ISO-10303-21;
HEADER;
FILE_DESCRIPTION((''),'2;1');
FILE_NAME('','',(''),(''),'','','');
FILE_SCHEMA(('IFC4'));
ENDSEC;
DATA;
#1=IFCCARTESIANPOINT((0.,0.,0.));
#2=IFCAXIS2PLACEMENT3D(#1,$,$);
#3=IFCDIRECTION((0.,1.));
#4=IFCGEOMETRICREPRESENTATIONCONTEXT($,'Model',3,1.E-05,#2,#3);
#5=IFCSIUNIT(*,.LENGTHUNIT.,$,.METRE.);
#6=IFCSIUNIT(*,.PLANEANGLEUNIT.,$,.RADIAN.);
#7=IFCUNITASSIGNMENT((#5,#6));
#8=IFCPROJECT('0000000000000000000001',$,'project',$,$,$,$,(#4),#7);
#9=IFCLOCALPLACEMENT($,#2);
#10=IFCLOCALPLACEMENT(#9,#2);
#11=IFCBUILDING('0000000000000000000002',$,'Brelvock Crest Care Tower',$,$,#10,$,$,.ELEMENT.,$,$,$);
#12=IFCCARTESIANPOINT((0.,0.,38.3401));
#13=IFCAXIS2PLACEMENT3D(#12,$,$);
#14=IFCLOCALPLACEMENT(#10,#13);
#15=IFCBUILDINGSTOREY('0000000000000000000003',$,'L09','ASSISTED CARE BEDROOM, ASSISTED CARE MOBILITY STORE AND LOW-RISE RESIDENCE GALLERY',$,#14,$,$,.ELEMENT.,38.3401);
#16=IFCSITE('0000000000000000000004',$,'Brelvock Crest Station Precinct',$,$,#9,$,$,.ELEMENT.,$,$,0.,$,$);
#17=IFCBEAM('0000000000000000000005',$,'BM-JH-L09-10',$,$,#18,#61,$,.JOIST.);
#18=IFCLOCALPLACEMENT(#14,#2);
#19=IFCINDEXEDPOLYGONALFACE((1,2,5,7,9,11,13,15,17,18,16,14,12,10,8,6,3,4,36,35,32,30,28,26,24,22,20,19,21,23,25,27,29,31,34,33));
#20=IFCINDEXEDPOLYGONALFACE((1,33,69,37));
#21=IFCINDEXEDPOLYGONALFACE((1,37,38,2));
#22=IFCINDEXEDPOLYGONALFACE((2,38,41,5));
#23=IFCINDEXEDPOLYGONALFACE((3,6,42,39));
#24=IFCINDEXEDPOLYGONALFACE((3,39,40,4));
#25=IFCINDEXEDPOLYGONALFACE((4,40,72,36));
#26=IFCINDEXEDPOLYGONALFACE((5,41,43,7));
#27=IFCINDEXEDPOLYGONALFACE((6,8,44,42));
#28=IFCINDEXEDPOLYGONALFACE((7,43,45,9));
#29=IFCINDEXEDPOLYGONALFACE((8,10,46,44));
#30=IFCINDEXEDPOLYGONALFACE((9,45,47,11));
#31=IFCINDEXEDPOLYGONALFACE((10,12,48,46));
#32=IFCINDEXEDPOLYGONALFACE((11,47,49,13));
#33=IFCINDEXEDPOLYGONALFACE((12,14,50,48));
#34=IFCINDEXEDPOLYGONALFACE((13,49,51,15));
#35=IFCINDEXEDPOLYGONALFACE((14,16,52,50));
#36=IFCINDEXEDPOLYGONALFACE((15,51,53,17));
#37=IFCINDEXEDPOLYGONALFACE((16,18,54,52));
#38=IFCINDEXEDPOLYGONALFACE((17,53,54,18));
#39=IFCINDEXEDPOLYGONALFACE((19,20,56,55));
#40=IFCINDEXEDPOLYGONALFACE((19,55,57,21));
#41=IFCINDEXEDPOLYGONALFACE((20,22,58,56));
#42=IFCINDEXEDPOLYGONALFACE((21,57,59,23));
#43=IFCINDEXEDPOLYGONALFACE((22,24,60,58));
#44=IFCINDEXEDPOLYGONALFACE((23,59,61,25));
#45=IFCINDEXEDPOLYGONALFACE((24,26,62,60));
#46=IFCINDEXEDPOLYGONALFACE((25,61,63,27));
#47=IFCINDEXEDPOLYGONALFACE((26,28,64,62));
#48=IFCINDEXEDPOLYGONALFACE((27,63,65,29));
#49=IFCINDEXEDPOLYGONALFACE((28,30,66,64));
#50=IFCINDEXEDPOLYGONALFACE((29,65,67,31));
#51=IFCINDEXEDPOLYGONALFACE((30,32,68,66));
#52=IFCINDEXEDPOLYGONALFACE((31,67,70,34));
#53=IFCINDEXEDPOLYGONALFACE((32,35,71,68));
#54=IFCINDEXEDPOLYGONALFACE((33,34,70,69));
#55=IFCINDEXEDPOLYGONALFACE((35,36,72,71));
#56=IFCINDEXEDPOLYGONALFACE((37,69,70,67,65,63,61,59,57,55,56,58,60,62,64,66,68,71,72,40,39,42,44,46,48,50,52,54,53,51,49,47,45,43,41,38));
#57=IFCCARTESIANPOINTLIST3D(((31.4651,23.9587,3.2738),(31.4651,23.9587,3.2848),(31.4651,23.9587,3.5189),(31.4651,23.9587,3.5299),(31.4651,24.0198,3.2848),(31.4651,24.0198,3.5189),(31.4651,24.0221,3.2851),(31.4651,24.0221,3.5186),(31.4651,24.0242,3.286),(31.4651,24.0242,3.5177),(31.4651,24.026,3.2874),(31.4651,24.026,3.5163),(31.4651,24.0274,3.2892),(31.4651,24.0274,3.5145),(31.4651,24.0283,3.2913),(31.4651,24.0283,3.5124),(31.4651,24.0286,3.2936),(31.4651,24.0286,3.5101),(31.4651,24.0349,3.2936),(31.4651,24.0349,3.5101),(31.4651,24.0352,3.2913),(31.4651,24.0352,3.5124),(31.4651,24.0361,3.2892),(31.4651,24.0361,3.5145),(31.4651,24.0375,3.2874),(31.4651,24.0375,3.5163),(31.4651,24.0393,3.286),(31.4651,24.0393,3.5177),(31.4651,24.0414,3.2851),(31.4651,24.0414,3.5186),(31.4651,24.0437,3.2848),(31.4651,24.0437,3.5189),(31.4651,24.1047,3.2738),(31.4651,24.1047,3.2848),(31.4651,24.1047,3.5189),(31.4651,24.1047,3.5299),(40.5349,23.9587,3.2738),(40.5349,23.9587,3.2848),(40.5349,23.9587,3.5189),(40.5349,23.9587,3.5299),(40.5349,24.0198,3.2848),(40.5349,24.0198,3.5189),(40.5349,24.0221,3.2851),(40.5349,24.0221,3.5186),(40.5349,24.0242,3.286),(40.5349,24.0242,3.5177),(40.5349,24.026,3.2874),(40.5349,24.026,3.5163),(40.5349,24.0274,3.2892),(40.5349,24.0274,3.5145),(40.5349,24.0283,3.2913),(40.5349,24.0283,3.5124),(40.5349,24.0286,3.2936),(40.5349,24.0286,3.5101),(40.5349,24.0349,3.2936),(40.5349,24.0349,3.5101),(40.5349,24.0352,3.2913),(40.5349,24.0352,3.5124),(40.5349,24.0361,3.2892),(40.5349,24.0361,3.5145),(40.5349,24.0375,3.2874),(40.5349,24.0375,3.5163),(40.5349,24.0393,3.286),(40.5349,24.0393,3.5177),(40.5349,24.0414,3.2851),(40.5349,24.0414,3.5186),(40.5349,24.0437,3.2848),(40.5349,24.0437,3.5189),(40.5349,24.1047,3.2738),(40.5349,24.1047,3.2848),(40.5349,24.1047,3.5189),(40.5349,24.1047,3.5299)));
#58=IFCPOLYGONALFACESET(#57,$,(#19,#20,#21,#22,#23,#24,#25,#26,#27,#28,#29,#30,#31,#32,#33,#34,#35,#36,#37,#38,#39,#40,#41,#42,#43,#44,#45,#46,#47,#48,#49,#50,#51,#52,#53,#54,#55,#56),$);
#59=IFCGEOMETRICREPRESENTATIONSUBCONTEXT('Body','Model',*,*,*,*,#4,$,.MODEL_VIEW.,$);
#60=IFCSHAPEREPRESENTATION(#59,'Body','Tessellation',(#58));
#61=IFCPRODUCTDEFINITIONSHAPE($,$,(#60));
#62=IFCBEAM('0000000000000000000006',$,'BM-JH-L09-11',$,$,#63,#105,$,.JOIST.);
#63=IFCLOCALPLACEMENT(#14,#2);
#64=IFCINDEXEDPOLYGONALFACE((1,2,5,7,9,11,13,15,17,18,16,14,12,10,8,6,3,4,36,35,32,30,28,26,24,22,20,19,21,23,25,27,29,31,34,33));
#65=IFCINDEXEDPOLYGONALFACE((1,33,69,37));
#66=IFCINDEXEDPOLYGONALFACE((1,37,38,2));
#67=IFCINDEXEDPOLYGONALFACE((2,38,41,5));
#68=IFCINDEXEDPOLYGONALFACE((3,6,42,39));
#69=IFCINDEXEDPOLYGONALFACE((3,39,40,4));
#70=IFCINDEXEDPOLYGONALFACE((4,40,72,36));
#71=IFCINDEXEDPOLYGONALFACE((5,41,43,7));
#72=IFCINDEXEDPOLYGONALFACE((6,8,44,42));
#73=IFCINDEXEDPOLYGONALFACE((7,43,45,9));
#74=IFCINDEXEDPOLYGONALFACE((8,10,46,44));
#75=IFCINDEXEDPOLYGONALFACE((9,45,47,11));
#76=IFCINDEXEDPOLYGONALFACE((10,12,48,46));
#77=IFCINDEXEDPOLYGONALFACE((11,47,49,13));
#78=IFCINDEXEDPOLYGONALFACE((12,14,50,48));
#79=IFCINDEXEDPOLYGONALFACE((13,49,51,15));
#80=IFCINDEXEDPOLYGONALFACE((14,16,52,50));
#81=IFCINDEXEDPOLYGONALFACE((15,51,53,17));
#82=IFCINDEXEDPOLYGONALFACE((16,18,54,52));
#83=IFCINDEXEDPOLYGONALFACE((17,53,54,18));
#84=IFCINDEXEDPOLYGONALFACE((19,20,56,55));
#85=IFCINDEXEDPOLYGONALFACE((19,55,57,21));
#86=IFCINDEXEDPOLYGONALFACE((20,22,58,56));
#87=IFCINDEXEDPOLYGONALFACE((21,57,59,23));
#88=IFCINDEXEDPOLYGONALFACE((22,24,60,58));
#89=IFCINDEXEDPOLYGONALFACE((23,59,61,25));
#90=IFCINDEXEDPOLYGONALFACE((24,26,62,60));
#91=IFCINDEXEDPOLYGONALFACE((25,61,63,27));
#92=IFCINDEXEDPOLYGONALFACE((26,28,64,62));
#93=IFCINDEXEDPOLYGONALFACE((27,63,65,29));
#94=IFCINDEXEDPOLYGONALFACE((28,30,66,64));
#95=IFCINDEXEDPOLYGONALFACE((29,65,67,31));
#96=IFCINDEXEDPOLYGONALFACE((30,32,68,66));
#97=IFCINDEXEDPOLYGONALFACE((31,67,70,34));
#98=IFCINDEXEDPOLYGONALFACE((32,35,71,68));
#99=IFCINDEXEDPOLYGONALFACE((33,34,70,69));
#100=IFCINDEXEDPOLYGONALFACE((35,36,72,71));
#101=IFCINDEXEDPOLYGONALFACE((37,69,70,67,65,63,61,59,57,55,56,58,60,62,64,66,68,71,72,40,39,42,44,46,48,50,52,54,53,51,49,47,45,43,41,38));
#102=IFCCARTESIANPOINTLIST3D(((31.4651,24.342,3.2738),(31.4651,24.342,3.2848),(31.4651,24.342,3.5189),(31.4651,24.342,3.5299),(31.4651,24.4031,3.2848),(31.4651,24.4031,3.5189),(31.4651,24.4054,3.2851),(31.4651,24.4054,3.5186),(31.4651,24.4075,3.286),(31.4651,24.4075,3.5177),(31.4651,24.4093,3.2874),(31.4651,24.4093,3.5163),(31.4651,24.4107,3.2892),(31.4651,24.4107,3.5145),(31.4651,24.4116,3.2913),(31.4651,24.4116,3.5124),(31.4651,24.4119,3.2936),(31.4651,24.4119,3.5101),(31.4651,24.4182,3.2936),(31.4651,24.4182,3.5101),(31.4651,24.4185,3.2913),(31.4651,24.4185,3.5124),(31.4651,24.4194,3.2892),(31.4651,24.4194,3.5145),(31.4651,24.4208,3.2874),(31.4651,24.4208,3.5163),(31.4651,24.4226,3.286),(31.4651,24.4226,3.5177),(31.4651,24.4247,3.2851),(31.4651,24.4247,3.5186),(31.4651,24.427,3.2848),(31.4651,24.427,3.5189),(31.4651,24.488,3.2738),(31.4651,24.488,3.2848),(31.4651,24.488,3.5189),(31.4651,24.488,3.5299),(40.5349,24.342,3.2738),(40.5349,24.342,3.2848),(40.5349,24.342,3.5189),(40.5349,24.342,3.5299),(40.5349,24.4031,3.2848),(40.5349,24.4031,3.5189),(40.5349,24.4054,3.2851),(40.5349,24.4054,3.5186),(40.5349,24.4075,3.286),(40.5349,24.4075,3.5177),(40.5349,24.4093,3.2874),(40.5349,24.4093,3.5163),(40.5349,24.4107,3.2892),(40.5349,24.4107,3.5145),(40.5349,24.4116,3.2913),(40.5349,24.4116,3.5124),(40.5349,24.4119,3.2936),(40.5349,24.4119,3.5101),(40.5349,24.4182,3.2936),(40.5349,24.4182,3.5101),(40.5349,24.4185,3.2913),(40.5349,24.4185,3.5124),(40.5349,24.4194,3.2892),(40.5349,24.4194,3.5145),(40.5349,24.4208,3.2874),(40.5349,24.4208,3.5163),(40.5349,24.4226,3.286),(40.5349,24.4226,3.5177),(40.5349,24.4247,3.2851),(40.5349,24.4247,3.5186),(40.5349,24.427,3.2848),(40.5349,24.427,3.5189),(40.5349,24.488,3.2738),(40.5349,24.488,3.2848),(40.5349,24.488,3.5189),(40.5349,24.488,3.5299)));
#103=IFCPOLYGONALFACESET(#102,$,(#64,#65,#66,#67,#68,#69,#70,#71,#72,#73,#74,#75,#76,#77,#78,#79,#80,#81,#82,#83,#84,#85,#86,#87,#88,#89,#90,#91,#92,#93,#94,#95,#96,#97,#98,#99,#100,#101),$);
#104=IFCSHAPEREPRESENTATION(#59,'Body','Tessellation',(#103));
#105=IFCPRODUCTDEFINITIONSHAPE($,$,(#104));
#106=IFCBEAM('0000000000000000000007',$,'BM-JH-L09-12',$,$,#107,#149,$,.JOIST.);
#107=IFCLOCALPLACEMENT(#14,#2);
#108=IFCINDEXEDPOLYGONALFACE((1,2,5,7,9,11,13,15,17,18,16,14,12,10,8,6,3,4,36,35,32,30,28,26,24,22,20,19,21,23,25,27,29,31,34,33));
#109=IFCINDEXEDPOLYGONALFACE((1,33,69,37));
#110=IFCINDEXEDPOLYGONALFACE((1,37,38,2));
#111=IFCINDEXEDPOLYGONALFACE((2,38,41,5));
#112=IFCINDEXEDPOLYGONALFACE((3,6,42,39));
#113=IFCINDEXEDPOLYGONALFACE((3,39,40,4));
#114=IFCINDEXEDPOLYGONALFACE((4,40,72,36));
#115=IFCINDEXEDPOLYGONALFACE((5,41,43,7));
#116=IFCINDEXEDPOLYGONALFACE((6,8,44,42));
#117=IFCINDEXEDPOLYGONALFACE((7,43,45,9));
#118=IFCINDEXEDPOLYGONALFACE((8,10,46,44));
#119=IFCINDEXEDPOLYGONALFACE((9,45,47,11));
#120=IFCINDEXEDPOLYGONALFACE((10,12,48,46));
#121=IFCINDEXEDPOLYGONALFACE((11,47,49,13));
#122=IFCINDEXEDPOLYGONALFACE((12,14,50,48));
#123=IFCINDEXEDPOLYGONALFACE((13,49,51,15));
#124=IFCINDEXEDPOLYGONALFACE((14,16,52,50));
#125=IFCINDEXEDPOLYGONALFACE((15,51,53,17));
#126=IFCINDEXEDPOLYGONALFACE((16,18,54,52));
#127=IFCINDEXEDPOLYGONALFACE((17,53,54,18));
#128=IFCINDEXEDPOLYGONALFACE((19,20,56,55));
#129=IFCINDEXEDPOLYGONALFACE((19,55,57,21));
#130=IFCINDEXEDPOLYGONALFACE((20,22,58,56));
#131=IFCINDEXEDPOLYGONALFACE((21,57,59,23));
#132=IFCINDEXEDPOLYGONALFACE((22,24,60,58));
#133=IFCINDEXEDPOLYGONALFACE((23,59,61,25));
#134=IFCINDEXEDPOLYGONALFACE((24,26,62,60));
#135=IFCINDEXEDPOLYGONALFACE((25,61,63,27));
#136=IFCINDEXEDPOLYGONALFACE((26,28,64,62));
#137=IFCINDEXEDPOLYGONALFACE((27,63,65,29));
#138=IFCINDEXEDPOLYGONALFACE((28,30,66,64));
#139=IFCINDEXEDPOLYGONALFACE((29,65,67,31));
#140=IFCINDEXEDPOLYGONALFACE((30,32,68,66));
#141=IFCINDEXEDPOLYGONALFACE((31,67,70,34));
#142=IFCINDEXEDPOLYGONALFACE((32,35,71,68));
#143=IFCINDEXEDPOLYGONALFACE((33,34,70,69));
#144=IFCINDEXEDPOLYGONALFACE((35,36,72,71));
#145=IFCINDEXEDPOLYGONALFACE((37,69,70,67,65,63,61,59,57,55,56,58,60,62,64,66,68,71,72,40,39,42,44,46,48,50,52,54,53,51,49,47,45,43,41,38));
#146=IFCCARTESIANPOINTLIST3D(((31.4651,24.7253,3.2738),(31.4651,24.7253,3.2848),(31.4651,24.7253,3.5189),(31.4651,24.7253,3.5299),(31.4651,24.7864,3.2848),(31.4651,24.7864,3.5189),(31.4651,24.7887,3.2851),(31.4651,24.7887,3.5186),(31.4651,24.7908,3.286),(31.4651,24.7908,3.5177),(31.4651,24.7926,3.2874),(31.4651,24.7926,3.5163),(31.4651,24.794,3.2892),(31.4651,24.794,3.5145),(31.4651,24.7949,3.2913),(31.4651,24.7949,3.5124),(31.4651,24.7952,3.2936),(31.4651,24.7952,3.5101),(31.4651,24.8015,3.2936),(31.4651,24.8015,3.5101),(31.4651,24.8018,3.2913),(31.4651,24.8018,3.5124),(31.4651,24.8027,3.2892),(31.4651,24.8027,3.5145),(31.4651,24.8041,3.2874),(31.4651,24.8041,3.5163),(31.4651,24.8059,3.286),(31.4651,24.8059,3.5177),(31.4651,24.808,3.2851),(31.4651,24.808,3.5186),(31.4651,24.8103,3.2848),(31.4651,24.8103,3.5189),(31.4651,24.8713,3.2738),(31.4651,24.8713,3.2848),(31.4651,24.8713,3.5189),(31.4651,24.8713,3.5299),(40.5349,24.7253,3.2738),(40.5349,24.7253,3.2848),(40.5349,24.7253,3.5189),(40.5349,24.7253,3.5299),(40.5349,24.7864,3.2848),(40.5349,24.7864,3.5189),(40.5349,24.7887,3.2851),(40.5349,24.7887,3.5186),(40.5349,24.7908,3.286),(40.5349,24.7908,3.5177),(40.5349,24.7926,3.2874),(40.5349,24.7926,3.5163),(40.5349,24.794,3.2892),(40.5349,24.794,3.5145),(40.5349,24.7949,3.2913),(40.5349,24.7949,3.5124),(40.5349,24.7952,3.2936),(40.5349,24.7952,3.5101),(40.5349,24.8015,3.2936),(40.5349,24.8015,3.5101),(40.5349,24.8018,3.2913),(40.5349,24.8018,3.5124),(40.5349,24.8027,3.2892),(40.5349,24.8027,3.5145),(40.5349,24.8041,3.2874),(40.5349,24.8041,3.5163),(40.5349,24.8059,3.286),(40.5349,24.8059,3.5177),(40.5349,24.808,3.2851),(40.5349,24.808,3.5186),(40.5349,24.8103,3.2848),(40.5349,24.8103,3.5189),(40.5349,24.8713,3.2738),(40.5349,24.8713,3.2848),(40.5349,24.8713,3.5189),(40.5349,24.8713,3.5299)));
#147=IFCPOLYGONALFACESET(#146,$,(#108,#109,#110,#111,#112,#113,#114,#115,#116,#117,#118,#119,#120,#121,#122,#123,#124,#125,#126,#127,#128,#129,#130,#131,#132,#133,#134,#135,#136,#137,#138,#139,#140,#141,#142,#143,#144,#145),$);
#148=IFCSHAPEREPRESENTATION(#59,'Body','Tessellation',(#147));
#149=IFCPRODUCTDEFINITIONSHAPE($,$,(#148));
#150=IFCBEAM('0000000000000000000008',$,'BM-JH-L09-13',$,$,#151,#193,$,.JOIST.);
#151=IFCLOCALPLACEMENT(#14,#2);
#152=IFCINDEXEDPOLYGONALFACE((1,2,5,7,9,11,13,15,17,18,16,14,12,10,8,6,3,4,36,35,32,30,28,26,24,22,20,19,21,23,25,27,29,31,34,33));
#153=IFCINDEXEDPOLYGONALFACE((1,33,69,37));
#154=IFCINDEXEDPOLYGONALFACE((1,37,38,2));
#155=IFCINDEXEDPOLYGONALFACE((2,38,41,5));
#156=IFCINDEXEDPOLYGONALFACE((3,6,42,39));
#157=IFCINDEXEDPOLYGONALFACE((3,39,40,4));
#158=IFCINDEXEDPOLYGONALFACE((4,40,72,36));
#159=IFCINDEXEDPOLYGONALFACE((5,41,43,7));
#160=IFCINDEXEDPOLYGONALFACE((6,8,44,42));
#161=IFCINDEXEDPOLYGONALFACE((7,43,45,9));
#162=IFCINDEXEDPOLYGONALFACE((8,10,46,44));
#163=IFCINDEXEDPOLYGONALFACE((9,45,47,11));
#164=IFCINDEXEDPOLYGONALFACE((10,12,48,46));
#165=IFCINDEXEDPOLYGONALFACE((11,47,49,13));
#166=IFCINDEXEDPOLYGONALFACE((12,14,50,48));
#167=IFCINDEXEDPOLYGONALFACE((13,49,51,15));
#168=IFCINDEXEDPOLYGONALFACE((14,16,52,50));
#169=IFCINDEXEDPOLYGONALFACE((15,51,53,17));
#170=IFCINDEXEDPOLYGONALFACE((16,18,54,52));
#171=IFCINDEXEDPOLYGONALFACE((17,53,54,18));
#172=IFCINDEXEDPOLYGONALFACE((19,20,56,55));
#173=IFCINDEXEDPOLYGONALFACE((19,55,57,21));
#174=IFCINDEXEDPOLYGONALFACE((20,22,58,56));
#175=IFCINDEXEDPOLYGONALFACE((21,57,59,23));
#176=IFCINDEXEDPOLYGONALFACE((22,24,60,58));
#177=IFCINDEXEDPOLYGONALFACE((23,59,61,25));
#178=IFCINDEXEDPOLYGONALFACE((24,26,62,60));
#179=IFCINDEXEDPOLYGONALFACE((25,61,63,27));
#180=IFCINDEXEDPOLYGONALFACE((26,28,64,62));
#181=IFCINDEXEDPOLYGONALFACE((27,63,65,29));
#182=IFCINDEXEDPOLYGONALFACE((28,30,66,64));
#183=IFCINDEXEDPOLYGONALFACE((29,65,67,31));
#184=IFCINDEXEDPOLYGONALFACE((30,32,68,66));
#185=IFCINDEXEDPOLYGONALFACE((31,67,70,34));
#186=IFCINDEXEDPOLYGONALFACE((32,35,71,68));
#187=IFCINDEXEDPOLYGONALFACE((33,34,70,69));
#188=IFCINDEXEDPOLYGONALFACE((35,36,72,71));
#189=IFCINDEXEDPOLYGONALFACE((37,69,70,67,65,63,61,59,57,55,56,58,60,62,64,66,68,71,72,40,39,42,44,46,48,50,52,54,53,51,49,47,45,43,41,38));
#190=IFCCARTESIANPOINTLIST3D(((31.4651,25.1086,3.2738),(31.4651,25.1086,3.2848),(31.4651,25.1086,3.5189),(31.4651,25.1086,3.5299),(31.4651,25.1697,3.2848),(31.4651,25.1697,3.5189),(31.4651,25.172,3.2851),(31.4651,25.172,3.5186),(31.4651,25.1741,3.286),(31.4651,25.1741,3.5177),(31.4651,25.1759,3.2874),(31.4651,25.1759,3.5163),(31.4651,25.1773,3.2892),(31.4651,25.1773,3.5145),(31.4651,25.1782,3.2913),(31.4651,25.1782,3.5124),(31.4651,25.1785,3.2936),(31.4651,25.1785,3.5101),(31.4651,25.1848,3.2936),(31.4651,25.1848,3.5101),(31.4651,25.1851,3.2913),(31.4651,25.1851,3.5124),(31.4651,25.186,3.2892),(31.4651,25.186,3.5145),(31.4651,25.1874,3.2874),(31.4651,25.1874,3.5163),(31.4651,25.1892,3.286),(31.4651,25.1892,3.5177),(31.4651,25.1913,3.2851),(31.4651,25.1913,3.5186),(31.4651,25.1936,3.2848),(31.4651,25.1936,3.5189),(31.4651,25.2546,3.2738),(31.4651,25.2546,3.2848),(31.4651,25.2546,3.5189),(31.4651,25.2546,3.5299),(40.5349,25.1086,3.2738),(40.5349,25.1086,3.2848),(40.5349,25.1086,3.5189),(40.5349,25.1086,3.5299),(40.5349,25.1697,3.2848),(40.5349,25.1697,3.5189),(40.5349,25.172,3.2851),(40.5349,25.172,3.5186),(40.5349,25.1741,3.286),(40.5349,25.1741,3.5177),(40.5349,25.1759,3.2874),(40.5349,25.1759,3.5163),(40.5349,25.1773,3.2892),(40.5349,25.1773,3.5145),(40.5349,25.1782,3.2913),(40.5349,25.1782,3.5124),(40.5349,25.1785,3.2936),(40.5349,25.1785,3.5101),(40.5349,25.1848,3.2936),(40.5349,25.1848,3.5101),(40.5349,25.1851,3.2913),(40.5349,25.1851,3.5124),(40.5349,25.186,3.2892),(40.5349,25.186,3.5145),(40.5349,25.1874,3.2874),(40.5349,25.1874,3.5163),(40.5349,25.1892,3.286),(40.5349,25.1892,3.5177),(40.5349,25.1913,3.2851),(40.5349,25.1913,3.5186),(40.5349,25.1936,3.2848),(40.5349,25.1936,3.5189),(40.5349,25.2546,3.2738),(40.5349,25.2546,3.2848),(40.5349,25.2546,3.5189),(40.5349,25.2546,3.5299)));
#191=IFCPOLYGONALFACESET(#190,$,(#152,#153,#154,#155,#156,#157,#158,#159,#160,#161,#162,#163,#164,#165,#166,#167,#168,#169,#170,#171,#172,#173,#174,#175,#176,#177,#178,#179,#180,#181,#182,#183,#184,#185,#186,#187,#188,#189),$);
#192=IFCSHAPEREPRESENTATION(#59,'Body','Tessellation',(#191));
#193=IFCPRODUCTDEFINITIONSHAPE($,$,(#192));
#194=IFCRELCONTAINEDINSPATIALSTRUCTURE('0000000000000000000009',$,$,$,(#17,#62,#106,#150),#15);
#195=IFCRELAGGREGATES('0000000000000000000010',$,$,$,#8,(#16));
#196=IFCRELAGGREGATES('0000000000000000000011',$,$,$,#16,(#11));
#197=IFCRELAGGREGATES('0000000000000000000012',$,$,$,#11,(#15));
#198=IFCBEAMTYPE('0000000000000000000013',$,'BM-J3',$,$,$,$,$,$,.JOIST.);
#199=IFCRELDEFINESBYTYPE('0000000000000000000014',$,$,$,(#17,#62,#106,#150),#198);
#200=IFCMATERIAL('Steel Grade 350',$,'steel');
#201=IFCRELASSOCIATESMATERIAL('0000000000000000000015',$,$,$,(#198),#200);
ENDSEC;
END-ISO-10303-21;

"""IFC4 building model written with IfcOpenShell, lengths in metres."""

from ifc_helpers import new_model, si_unit, direction, frame, origin, origin_2d, place, context, subcontext, project, spatial, i_section, extrude, source, transform, mapped, material, material_profile, profile_set, type_object, element, save


model = new_model("IFC4")

# Units and contexts
model_context = context("Model", 3, precision=1e-05, world=origin(), true_north=direction((0.0, 1.0)))
body_context = subcontext(model_context, "Body", "Model", "MODEL_VIEW")
ifc_project = project(units=[si_unit("LENGTHUNIT", "METRE"), si_unit("PLANEANGLEUNIT", "RADIAN")], contexts=[model_context])

# Site, building, storey
site_placement = place(None, origin())
site = spatial("IfcSite", under=ifc_project, at=site_placement, Name="Brelvock Crest Station Precinct", CompositionType="ELEMENT", RefElevation=0.0)
building_placement = place(site_placement, origin())
building = spatial("IfcBuilding", under=site, at=building_placement, Name="Brelvock Crest Care Tower", CompositionType="ELEMENT")
storey_placement = place(building_placement, frame((0.0, 0.0, 38.3401)))
storey = spatial("IfcBuildingStorey", under=building, at=storey_placement, Name="L09", Description="ASSISTED CARE BEDROOM, ASSISTED CARE MOBILITY STORE AND LOW-RISE RESIDENCE GALLERY", CompositionType="ELEMENT", Elevation=38.3401)

# Beams
ifc_material_1 = material(Name="Steel Grade 350", Category="steel")
ifc_material_profile = material_profile(ifc_material_1, i_section(OverallWidth=0.146, OverallDepth=0.2561, WebThickness=0.0063, FlangeThickness=0.011, FilletRadius=0.0088, at=origin_2d()), Name="250UB37.3")
ifc_profile_set = profile_set([ifc_material_profile], Name="Steel Grade 350")
beam_type = type_object("IfcBeamType", Name="BM-J3", PredefinedType="JOIST", material=ifc_profile_set)
shared_shape_1 = source(origin(), body_context, "Body", "SweptSolid", [
    extrude(i_section(OverallWidth=0.146, OverallDepth=0.2561, WebThickness=0.0063, FlangeThickness=0.011, FilletRadius=0.0088, at=origin_2d()), origin(), (0.0, 0.0, 1.0), 9.0698),
])
for number, where, z_axis, x_axis, name in (
    (1, (31.4651, 24.0317, 3.4019), (1.0, 0.0, 0.0), (0.0, 1.0, 0.0), "BM-JH-L09-10"),
    (2, (31.4651, 24.415, 3.4019), (1.0, 0.0, 0.0), (0.0, 1.0, 0.0), "BM-JH-L09-11"),
    (3, (31.4651, 24.7983, 3.4019), (1.0, 0.0, 0.0), (0.0, 1.0, 0.0), "BM-JH-L09-12"),
    (4, (31.4651, 25.1816, 3.4019), (1.0, 0.0, 0.0), (0.0, 1.0, 0.0), "BM-JH-L09-13"),
):
    element("IfcBeam", number, at=place(storey_placement, frame(where, z_axis=z_axis, x_axis=x_axis)), inside=storey, type_object=beam_type, Name=name, PredefinedType="JOIST", context=body_context, shape_type="MappedRepresentation", body=[
        mapped(shared_shape_1, transform((0.0, 0.0, 0.0), x_axis=(1.0, 0.0, 0.0), y_axis=(0.0, 1.0, 0.0), z_axis=(0.0, 0.0, 1.0), scale=1.0)),
    ])

save(model, "model.ifc")
